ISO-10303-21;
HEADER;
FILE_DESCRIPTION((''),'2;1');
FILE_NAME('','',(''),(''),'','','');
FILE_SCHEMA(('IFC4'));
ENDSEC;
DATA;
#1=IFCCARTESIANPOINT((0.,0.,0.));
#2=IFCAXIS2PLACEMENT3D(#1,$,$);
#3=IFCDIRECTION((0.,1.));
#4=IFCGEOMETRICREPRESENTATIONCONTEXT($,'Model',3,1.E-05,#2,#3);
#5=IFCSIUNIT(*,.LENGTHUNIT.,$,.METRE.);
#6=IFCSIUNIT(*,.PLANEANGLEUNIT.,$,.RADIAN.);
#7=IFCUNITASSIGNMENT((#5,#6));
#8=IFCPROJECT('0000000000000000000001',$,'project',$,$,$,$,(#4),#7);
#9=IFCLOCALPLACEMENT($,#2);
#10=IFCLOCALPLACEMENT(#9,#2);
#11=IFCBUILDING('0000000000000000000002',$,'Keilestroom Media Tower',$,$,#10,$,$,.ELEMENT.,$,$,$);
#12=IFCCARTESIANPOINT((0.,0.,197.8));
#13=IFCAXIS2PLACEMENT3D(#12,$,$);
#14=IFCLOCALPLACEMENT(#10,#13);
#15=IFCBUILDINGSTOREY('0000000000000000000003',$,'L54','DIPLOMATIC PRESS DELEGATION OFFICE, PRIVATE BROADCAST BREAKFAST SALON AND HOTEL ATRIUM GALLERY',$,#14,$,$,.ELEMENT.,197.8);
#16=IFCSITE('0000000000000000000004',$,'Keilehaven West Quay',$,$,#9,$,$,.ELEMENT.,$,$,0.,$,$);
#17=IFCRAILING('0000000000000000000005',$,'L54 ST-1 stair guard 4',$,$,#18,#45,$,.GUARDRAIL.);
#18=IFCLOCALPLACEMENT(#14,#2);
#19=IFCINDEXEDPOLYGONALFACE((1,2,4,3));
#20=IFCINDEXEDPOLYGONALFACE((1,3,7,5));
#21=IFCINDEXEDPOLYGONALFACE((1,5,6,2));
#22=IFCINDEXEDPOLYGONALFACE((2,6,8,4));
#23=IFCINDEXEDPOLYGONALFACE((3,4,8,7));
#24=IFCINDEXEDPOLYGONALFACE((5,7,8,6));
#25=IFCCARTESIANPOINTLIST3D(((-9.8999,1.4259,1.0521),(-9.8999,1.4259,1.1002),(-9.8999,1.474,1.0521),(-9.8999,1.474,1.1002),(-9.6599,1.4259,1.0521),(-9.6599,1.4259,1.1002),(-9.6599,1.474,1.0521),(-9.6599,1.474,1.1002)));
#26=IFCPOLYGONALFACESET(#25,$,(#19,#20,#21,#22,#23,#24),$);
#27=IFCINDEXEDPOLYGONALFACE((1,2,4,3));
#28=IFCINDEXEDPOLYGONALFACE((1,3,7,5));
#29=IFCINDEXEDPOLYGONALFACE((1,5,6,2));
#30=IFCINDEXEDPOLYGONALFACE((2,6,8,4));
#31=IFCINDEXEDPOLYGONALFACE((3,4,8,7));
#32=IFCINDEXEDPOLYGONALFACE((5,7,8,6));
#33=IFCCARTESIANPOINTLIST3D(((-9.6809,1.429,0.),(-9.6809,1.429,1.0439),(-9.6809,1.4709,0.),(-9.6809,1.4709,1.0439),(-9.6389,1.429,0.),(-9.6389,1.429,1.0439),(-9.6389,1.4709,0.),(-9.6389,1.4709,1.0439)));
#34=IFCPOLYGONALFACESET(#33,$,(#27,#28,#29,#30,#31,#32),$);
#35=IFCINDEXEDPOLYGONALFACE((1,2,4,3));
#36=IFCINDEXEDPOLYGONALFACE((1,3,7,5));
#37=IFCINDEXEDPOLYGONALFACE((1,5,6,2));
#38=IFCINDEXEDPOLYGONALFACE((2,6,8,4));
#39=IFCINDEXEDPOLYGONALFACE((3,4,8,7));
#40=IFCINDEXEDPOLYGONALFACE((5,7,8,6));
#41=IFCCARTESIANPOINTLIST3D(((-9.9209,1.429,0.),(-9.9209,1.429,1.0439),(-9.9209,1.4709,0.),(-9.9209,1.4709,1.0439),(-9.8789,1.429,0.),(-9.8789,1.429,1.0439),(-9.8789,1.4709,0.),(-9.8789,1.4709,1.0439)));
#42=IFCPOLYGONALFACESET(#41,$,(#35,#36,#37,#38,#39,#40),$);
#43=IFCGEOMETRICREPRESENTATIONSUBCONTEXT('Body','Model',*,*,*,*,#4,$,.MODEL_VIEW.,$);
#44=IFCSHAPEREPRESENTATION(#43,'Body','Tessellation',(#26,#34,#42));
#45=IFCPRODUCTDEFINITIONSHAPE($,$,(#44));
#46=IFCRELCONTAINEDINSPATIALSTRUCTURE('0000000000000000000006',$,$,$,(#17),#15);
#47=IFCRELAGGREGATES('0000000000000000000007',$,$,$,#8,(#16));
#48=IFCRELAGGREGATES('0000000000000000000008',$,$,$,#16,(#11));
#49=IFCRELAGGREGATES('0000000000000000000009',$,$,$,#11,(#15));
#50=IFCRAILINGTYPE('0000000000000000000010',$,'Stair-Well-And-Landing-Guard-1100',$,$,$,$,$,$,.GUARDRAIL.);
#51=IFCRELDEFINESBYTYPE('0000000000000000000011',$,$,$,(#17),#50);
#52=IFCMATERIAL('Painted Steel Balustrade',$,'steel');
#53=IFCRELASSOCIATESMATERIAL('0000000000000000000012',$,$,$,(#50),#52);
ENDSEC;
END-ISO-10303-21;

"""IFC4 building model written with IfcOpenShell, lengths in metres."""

from ifc_helpers import new_model, si_unit, direction, frame, origin, origin_2d, place, context, subcontext, project, spatial, rectangle, extrude, material, type_object, element, save


model = new_model("IFC4")

# Units and contexts
model_context = context("Model", 3, precision=1e-05, world=origin(), true_north=direction((0.0, 1.0)))
body_context = subcontext(model_context, "Body", "Model", "MODEL_VIEW")
ifc_project = project(units=[si_unit("LENGTHUNIT", "METRE"), si_unit("PLANEANGLEUNIT", "RADIAN")], contexts=[model_context])

# Site, building, storey
site_placement = place(None, origin())
site = spatial("IfcSite", under=ifc_project, at=site_placement, Name="Keilehaven West Quay", CompositionType="ELEMENT", RefElevation=0.0)
building_placement = place(site_placement, origin())
building = spatial("IfcBuilding", under=site, at=building_placement, Name="Keilestroom Media Tower", CompositionType="ELEMENT")
storey_placement = place(building_placement, frame((0.0, 0.0, 197.8)))
storey = spatial("IfcBuildingStorey", under=building, at=storey_placement, Name="L54", Description="DIPLOMATIC PRESS DELEGATION OFFICE, PRIVATE BROADCAST BREAKFAST SALON AND HOTEL ATRIUM GALLERY", CompositionType="ELEMENT", Elevation=197.8)

# Railing
ifc_material_1 = material(Name="Painted Steel Balustrade", Category="steel")
railing_type_1 = type_object("IfcRailingType", Name="Stair-Well-And-Landing-Guard-1100", PredefinedType="GUARDRAIL", material=ifc_material_1)
railing_1_placement = place(storey_placement, frame((-9.6599, 1.45, 0.0)))
element("IfcRailing", 1, at=railing_1_placement, inside=storey, type_object=railing_type_1, Name="L54 ST-1 stair guard 4", PredefinedType="GUARDRAIL", context=body_context, shape_type="SweptSolid", body=[
    extrude(rectangle(XDim=0.0481, YDim=0.0481, at=origin_2d()), frame((0.0, 0.0, 1.0762), z_axis=(-1.0, 0.0, 0.0), x_axis=(0.0, -1.0, 0.0)), (0.0, 0.0, 1.0), 0.24),
    extrude(rectangle(XDim=0.042, YDim=0.042, at=origin_2d()), origin(), (0.0, 0.0, 1.0), 1.0439),
    extrude(rectangle(XDim=0.042, YDim=0.042, at=origin_2d()), frame((-0.24, 0.0, 0.0)), (0.0, 0.0, 1.0), 1.0439),
])

save(model, "model.ifc")
